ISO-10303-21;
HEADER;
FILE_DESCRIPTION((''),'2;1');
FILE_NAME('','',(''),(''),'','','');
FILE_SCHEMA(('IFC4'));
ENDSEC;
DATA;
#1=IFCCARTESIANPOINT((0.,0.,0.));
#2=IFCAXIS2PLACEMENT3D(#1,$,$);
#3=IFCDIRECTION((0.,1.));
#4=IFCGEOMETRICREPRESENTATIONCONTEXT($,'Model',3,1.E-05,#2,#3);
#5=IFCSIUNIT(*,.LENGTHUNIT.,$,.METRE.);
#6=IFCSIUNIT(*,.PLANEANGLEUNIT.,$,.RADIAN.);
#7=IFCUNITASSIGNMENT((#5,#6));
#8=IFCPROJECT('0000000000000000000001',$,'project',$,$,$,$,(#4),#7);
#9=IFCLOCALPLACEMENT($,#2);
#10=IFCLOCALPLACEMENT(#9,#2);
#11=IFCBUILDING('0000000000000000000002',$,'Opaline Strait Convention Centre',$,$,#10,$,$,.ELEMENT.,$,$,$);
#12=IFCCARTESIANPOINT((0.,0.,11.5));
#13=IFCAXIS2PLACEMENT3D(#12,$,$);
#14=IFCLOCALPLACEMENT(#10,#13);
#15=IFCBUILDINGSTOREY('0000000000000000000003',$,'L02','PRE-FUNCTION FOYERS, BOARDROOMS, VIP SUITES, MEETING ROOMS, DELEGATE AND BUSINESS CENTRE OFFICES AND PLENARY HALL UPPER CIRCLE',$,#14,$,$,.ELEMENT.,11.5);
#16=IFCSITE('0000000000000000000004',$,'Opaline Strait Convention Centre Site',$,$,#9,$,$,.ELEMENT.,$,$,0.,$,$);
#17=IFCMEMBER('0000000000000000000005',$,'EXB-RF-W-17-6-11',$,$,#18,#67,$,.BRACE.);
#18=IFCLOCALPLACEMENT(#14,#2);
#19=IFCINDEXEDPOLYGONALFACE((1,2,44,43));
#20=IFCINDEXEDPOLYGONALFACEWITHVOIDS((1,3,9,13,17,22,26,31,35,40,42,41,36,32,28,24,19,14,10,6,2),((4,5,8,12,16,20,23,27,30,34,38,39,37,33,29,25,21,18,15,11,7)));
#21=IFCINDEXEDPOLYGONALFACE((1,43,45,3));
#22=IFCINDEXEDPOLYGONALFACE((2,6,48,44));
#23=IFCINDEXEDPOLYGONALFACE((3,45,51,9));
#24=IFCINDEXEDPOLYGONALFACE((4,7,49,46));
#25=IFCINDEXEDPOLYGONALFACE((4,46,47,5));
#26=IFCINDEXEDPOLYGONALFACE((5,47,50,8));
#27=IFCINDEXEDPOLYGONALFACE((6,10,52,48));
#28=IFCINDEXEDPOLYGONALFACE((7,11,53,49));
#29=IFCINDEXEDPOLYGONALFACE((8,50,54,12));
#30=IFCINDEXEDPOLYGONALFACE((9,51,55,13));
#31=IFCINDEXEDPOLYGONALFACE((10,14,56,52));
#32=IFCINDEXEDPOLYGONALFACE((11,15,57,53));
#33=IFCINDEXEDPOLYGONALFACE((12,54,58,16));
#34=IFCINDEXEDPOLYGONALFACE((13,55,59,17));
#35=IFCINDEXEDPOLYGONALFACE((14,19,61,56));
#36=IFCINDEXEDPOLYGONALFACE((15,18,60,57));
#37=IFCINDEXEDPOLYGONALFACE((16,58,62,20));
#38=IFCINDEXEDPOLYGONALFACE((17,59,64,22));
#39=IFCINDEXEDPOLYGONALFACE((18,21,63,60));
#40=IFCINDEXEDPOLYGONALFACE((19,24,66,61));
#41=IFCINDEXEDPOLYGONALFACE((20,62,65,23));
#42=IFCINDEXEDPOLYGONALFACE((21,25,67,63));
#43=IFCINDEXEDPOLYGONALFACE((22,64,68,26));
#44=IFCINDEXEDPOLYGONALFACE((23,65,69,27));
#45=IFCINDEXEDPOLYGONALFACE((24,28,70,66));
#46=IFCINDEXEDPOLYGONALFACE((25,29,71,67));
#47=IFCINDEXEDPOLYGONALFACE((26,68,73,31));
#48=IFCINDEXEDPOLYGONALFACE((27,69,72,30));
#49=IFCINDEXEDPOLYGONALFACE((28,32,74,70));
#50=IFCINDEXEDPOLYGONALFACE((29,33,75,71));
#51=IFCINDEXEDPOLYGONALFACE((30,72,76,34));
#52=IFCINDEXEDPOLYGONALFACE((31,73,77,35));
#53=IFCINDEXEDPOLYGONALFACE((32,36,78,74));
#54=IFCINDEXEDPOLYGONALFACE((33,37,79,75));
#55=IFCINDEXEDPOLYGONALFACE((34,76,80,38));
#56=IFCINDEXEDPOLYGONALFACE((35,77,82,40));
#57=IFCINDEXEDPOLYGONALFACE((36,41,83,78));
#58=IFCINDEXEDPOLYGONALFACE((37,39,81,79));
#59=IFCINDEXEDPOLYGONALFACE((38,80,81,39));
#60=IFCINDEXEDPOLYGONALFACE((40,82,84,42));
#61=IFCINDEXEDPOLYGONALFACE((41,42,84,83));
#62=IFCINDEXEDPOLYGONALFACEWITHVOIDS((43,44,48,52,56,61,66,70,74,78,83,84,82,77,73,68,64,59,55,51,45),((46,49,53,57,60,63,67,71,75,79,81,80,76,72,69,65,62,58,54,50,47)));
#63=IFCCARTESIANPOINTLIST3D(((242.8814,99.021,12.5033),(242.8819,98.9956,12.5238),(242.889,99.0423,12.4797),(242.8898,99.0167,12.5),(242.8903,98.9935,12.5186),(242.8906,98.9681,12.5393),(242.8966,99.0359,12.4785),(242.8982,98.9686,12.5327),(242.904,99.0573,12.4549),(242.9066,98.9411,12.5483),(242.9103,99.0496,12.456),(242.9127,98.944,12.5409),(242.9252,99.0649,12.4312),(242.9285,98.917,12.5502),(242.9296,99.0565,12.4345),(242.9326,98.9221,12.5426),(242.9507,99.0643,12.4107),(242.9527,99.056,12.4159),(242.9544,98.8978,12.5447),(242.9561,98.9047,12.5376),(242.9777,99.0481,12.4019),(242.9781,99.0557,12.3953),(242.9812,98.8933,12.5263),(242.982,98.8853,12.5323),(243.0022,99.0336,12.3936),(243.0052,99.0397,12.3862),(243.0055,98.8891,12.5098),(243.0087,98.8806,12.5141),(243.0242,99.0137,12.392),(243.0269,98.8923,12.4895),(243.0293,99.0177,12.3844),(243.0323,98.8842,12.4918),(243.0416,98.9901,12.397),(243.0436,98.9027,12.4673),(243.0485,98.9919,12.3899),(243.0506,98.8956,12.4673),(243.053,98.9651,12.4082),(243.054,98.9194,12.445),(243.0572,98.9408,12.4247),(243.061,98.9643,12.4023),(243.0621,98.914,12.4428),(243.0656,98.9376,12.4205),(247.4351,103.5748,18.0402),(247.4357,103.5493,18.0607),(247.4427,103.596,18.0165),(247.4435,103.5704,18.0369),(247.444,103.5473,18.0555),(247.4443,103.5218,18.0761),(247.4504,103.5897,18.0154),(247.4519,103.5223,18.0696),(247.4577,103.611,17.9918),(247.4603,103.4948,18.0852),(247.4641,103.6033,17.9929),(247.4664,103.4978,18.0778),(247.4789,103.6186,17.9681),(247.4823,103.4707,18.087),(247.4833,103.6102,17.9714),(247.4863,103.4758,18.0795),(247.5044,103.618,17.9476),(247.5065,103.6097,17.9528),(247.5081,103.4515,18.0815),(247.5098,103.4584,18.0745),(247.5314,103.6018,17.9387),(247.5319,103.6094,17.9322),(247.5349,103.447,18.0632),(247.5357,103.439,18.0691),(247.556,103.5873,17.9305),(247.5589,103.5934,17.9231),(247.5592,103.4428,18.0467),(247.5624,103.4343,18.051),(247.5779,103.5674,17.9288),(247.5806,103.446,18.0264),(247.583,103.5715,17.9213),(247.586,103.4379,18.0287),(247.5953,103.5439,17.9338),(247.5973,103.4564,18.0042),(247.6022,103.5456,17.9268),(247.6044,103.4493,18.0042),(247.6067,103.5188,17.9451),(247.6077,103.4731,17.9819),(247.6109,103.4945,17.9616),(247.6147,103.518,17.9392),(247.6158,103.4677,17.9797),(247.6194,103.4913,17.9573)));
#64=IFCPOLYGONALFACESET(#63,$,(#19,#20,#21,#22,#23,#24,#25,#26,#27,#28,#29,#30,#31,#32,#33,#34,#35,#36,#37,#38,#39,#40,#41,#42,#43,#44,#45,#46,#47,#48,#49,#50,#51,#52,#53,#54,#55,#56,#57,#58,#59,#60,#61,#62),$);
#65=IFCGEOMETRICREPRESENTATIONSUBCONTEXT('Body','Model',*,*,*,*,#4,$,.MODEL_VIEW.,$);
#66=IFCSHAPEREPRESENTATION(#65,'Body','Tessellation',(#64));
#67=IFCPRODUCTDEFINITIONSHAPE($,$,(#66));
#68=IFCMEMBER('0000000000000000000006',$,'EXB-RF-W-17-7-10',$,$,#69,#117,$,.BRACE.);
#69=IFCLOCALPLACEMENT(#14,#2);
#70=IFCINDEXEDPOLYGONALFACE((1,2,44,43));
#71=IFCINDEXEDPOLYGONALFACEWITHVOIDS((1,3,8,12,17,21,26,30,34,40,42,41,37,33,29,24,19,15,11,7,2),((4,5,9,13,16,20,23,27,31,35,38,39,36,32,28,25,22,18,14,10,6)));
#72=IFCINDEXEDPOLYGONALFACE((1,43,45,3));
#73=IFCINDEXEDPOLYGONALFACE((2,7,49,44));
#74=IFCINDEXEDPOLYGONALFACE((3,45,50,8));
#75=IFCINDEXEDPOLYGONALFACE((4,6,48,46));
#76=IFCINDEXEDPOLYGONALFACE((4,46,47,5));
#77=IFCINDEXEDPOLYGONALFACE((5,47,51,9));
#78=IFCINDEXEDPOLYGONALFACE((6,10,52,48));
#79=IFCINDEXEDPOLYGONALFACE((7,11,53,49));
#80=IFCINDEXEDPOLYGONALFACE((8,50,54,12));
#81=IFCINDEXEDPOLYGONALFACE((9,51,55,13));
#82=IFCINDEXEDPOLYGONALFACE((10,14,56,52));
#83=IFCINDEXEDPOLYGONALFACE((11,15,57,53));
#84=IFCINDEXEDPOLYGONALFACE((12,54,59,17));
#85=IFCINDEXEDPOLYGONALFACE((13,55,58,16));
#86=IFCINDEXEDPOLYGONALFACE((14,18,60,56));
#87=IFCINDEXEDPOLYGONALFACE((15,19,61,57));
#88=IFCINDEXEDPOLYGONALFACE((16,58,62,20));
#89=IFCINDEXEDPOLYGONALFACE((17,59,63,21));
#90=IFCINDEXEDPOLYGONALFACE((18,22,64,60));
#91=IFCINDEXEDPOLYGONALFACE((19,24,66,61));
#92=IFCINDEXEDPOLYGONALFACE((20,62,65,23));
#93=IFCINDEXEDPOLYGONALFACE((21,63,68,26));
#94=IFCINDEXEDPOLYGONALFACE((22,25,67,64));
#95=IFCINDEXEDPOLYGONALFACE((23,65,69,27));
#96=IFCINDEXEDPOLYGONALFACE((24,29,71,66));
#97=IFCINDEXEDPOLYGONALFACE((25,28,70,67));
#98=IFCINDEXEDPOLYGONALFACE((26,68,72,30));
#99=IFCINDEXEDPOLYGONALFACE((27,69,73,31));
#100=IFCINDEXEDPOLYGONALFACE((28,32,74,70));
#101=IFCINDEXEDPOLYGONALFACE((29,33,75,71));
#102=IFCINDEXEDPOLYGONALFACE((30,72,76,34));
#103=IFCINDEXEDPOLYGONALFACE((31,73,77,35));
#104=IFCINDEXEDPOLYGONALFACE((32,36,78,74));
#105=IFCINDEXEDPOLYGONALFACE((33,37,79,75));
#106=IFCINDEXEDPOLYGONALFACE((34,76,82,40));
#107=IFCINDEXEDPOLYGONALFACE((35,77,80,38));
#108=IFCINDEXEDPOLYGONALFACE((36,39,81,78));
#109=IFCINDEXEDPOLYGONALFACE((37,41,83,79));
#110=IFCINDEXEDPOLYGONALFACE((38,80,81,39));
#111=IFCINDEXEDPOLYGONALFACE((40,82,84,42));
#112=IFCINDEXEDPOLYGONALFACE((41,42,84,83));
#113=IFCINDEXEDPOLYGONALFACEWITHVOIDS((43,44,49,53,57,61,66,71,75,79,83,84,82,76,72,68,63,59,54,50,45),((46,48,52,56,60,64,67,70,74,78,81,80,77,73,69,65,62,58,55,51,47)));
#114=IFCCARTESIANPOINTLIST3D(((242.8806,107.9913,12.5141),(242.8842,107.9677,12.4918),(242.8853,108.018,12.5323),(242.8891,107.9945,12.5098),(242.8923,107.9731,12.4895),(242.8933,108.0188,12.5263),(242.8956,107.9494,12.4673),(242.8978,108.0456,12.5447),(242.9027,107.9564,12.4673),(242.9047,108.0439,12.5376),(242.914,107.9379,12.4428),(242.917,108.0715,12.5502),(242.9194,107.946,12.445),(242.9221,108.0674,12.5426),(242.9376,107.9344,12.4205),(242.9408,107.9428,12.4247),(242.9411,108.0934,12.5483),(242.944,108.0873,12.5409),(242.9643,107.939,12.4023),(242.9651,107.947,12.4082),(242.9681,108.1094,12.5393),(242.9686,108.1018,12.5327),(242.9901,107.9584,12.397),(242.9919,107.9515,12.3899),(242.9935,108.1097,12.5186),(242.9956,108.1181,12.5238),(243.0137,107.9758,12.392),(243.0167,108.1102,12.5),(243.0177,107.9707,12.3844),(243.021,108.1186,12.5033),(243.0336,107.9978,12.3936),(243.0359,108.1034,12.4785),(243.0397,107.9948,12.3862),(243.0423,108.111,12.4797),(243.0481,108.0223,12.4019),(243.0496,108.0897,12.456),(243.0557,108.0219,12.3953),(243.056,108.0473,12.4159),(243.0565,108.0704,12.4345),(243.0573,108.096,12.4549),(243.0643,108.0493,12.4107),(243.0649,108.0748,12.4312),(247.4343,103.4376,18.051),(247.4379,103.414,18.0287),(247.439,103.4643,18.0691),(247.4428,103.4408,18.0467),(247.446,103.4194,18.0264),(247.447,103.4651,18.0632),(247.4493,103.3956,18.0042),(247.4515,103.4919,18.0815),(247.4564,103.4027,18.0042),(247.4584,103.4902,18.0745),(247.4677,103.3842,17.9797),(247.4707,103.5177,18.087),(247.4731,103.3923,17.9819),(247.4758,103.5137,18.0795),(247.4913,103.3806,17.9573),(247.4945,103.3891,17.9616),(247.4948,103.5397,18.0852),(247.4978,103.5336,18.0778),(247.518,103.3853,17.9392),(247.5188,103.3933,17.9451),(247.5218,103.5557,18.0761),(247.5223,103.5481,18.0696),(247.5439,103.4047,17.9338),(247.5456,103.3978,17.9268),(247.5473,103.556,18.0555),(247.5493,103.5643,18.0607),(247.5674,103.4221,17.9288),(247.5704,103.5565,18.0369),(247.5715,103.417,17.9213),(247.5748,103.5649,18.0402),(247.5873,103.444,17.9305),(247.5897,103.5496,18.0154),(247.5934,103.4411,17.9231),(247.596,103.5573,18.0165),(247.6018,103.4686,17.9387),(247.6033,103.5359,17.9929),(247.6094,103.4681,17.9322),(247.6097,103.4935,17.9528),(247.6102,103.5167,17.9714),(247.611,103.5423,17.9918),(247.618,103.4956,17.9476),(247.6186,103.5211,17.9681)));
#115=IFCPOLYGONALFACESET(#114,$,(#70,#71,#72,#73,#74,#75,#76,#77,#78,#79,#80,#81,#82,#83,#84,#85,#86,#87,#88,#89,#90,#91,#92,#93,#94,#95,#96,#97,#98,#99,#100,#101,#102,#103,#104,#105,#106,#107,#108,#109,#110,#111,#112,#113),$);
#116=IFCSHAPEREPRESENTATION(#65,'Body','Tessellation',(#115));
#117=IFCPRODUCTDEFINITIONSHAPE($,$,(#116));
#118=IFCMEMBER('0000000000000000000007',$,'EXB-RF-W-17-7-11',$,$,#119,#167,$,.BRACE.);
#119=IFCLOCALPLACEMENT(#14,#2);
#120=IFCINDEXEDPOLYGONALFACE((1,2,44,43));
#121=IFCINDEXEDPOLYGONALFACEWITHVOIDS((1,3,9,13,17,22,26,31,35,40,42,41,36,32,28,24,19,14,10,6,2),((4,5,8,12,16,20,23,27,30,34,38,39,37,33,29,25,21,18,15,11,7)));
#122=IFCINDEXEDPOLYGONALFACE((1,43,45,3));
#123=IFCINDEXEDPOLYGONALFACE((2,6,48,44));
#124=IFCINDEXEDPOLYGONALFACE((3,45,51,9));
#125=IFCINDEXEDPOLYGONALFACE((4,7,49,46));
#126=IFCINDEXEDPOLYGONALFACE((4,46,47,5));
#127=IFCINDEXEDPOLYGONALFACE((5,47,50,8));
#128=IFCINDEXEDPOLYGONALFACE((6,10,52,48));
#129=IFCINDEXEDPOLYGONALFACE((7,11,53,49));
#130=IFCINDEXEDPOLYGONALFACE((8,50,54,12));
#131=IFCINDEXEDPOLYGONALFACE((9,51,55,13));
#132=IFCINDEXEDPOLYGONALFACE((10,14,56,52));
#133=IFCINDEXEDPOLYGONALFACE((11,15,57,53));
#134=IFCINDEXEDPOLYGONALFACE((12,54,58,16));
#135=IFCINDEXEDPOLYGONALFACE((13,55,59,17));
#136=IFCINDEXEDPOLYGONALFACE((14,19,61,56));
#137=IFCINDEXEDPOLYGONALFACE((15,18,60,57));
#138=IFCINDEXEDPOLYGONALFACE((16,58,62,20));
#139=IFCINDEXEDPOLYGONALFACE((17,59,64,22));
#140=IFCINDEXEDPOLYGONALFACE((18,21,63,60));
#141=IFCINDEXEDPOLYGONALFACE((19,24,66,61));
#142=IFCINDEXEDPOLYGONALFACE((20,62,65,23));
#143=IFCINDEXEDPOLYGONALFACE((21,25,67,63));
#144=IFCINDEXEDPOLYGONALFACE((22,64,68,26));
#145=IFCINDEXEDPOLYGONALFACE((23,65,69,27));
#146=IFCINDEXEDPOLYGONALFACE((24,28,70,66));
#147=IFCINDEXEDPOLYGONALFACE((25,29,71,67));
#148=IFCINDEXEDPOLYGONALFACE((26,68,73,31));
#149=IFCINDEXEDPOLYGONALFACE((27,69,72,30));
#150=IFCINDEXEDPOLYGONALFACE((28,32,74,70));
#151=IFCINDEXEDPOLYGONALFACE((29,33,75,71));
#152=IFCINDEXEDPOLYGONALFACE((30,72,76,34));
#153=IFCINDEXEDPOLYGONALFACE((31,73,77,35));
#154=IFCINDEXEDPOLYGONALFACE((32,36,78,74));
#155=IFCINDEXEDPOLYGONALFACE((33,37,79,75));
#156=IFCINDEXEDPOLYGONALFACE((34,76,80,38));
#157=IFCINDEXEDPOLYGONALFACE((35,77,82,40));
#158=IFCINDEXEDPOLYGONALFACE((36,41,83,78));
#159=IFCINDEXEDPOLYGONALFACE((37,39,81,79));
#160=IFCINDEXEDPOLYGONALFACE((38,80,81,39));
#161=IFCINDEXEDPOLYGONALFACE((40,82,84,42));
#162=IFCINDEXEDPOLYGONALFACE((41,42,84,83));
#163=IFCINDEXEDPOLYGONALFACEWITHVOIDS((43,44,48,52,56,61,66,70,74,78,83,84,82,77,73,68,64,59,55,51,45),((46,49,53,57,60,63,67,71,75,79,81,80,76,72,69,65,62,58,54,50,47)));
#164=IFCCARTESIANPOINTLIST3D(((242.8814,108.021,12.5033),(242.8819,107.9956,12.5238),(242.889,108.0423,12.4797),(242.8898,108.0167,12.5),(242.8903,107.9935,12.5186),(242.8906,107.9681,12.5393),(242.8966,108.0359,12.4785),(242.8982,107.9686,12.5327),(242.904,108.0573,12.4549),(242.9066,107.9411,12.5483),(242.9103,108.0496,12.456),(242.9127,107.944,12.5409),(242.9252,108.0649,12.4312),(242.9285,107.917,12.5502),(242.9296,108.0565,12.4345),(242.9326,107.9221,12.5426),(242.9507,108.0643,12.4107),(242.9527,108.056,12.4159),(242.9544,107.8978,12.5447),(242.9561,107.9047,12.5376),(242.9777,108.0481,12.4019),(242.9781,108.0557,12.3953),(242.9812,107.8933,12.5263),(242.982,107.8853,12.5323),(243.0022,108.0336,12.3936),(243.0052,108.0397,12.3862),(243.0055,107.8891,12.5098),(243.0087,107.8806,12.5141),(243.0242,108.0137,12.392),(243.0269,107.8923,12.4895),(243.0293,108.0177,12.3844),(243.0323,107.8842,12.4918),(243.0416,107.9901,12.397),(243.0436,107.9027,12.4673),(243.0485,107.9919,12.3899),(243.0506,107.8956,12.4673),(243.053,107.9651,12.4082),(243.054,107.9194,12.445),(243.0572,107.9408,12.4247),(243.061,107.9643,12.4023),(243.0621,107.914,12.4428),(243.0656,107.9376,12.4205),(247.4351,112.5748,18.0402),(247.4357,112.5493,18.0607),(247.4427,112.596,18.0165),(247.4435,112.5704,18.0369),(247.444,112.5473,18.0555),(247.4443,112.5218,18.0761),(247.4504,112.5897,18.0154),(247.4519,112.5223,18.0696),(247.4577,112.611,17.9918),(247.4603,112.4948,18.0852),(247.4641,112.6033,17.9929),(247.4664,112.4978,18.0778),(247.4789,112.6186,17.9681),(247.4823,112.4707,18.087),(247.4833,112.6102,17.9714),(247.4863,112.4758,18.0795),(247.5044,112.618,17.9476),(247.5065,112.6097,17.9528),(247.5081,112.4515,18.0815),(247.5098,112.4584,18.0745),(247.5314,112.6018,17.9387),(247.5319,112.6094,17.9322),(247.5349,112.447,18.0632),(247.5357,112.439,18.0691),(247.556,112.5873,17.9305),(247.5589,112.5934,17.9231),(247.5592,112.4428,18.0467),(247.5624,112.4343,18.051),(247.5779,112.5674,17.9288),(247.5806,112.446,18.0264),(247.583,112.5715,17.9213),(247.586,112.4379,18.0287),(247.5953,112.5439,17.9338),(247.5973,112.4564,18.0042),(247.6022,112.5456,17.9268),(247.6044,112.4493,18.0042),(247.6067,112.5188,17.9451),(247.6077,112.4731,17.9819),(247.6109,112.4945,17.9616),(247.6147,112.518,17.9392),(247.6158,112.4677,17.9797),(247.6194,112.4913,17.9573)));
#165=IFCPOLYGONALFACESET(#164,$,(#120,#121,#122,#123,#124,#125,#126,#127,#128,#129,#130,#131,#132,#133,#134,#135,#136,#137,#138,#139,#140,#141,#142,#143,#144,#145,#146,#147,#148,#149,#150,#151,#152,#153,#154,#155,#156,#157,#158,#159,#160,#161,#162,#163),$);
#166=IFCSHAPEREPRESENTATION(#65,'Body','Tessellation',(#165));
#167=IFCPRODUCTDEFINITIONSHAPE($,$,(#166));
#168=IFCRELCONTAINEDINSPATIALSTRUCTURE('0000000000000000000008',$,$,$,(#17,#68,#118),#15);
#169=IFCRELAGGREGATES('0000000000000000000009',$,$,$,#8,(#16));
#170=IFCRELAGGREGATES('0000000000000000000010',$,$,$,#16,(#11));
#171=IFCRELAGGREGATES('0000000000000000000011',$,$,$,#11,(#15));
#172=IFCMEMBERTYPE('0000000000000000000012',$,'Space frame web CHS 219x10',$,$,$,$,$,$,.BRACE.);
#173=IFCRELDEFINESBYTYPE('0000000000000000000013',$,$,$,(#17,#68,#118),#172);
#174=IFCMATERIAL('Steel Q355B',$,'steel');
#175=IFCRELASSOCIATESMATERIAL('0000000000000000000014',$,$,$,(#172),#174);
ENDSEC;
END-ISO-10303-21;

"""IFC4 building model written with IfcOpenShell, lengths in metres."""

from ifc_helpers import new_model, si_unit, direction, frame, origin, origin_2d, place, context, subcontext, project, spatial, hollow_circle, extrude, material, material_profile, profile_set, type_object, element, save


model = new_model("IFC4")

# Units and contexts
model_context = context("Model", 3, precision=1e-05, world=origin(), true_north=direction((0.0, 1.0)))
body_context = subcontext(model_context, "Body", "Model", "MODEL_VIEW")
ifc_project = project(units=[si_unit("LENGTHUNIT", "METRE"), si_unit("PLANEANGLEUNIT", "RADIAN")], contexts=[model_context])

# Site, building, storey
site_placement = place(None, origin())
site = spatial("IfcSite", under=ifc_project, at=site_placement, Name="Opaline Strait Convention Centre Site", CompositionType="ELEMENT", RefElevation=0.0)
building_placement = place(site_placement, origin())
building = spatial("IfcBuilding", under=site, at=building_placement, Name="Opaline Strait Convention Centre", CompositionType="ELEMENT")
storey_placement = place(building_placement, frame((0.0, 0.0, 11.5)))
storey = spatial("IfcBuildingStorey", under=building, at=storey_placement, Name="L02", Description="PRE-FUNCTION FOYERS, BOARDROOMS, VIP SUITES, MEETING ROOMS, DELEGATE AND BUSINESS CENTRE OFFICES AND PLENARY HALL UPPER CIRCLE", CompositionType="ELEMENT", Elevation=11.5)

# Members
ifc_material = material(Name="Steel Q355B", Category="steel")
ifc_material_profile_1 = material_profile(ifc_material, hollow_circle(Radius=0.1096, WallThickness=0.01, at=origin_2d()), Name="CHS 219x10")
ifc_profile_set_1 = profile_set([ifc_material_profile_1], Name="Steel Q355B")
member_type_1 = type_object("IfcMemberType", Name="Space frame web CHS 219x10", PredefinedType="BRACE", material=ifc_profile_set_1)
for number, where, z_axis, x_axis, name in (
    (1, (247.5269, 103.5269, 18.0042), (-0.536178, -0.536178, -0.65194), (0.707107, -0.707107, 0.0), "EXB-RF-W-17-6-11"),
    (2, (247.5269, 103.4731, 18.0042), (-0.536178, 0.536178, -0.65194), (-0.707107, -0.707107, 0.0), "EXB-RF-W-17-7-10"),
    (3, (247.5269, 112.5269, 18.0042), (-0.536178, -0.536178, -0.65194), (0.707107, -0.707107, 0.0), "EXB-RF-W-17-7-11"),
):
    element("IfcMember", number, at=place(storey_placement, frame(where, z_axis=z_axis, x_axis=x_axis)), inside=storey, type_object=member_type_1, Name=name, PredefinedType="BRACE", context=body_context, shape_type="SweptSolid", body=[
        extrude(hollow_circle(Radius=0.1096, WallThickness=0.01, at=origin_2d()), origin(), (0.0, 0.0, 1.0), 8.4929),
    ])

save(model, "model.ifc")
